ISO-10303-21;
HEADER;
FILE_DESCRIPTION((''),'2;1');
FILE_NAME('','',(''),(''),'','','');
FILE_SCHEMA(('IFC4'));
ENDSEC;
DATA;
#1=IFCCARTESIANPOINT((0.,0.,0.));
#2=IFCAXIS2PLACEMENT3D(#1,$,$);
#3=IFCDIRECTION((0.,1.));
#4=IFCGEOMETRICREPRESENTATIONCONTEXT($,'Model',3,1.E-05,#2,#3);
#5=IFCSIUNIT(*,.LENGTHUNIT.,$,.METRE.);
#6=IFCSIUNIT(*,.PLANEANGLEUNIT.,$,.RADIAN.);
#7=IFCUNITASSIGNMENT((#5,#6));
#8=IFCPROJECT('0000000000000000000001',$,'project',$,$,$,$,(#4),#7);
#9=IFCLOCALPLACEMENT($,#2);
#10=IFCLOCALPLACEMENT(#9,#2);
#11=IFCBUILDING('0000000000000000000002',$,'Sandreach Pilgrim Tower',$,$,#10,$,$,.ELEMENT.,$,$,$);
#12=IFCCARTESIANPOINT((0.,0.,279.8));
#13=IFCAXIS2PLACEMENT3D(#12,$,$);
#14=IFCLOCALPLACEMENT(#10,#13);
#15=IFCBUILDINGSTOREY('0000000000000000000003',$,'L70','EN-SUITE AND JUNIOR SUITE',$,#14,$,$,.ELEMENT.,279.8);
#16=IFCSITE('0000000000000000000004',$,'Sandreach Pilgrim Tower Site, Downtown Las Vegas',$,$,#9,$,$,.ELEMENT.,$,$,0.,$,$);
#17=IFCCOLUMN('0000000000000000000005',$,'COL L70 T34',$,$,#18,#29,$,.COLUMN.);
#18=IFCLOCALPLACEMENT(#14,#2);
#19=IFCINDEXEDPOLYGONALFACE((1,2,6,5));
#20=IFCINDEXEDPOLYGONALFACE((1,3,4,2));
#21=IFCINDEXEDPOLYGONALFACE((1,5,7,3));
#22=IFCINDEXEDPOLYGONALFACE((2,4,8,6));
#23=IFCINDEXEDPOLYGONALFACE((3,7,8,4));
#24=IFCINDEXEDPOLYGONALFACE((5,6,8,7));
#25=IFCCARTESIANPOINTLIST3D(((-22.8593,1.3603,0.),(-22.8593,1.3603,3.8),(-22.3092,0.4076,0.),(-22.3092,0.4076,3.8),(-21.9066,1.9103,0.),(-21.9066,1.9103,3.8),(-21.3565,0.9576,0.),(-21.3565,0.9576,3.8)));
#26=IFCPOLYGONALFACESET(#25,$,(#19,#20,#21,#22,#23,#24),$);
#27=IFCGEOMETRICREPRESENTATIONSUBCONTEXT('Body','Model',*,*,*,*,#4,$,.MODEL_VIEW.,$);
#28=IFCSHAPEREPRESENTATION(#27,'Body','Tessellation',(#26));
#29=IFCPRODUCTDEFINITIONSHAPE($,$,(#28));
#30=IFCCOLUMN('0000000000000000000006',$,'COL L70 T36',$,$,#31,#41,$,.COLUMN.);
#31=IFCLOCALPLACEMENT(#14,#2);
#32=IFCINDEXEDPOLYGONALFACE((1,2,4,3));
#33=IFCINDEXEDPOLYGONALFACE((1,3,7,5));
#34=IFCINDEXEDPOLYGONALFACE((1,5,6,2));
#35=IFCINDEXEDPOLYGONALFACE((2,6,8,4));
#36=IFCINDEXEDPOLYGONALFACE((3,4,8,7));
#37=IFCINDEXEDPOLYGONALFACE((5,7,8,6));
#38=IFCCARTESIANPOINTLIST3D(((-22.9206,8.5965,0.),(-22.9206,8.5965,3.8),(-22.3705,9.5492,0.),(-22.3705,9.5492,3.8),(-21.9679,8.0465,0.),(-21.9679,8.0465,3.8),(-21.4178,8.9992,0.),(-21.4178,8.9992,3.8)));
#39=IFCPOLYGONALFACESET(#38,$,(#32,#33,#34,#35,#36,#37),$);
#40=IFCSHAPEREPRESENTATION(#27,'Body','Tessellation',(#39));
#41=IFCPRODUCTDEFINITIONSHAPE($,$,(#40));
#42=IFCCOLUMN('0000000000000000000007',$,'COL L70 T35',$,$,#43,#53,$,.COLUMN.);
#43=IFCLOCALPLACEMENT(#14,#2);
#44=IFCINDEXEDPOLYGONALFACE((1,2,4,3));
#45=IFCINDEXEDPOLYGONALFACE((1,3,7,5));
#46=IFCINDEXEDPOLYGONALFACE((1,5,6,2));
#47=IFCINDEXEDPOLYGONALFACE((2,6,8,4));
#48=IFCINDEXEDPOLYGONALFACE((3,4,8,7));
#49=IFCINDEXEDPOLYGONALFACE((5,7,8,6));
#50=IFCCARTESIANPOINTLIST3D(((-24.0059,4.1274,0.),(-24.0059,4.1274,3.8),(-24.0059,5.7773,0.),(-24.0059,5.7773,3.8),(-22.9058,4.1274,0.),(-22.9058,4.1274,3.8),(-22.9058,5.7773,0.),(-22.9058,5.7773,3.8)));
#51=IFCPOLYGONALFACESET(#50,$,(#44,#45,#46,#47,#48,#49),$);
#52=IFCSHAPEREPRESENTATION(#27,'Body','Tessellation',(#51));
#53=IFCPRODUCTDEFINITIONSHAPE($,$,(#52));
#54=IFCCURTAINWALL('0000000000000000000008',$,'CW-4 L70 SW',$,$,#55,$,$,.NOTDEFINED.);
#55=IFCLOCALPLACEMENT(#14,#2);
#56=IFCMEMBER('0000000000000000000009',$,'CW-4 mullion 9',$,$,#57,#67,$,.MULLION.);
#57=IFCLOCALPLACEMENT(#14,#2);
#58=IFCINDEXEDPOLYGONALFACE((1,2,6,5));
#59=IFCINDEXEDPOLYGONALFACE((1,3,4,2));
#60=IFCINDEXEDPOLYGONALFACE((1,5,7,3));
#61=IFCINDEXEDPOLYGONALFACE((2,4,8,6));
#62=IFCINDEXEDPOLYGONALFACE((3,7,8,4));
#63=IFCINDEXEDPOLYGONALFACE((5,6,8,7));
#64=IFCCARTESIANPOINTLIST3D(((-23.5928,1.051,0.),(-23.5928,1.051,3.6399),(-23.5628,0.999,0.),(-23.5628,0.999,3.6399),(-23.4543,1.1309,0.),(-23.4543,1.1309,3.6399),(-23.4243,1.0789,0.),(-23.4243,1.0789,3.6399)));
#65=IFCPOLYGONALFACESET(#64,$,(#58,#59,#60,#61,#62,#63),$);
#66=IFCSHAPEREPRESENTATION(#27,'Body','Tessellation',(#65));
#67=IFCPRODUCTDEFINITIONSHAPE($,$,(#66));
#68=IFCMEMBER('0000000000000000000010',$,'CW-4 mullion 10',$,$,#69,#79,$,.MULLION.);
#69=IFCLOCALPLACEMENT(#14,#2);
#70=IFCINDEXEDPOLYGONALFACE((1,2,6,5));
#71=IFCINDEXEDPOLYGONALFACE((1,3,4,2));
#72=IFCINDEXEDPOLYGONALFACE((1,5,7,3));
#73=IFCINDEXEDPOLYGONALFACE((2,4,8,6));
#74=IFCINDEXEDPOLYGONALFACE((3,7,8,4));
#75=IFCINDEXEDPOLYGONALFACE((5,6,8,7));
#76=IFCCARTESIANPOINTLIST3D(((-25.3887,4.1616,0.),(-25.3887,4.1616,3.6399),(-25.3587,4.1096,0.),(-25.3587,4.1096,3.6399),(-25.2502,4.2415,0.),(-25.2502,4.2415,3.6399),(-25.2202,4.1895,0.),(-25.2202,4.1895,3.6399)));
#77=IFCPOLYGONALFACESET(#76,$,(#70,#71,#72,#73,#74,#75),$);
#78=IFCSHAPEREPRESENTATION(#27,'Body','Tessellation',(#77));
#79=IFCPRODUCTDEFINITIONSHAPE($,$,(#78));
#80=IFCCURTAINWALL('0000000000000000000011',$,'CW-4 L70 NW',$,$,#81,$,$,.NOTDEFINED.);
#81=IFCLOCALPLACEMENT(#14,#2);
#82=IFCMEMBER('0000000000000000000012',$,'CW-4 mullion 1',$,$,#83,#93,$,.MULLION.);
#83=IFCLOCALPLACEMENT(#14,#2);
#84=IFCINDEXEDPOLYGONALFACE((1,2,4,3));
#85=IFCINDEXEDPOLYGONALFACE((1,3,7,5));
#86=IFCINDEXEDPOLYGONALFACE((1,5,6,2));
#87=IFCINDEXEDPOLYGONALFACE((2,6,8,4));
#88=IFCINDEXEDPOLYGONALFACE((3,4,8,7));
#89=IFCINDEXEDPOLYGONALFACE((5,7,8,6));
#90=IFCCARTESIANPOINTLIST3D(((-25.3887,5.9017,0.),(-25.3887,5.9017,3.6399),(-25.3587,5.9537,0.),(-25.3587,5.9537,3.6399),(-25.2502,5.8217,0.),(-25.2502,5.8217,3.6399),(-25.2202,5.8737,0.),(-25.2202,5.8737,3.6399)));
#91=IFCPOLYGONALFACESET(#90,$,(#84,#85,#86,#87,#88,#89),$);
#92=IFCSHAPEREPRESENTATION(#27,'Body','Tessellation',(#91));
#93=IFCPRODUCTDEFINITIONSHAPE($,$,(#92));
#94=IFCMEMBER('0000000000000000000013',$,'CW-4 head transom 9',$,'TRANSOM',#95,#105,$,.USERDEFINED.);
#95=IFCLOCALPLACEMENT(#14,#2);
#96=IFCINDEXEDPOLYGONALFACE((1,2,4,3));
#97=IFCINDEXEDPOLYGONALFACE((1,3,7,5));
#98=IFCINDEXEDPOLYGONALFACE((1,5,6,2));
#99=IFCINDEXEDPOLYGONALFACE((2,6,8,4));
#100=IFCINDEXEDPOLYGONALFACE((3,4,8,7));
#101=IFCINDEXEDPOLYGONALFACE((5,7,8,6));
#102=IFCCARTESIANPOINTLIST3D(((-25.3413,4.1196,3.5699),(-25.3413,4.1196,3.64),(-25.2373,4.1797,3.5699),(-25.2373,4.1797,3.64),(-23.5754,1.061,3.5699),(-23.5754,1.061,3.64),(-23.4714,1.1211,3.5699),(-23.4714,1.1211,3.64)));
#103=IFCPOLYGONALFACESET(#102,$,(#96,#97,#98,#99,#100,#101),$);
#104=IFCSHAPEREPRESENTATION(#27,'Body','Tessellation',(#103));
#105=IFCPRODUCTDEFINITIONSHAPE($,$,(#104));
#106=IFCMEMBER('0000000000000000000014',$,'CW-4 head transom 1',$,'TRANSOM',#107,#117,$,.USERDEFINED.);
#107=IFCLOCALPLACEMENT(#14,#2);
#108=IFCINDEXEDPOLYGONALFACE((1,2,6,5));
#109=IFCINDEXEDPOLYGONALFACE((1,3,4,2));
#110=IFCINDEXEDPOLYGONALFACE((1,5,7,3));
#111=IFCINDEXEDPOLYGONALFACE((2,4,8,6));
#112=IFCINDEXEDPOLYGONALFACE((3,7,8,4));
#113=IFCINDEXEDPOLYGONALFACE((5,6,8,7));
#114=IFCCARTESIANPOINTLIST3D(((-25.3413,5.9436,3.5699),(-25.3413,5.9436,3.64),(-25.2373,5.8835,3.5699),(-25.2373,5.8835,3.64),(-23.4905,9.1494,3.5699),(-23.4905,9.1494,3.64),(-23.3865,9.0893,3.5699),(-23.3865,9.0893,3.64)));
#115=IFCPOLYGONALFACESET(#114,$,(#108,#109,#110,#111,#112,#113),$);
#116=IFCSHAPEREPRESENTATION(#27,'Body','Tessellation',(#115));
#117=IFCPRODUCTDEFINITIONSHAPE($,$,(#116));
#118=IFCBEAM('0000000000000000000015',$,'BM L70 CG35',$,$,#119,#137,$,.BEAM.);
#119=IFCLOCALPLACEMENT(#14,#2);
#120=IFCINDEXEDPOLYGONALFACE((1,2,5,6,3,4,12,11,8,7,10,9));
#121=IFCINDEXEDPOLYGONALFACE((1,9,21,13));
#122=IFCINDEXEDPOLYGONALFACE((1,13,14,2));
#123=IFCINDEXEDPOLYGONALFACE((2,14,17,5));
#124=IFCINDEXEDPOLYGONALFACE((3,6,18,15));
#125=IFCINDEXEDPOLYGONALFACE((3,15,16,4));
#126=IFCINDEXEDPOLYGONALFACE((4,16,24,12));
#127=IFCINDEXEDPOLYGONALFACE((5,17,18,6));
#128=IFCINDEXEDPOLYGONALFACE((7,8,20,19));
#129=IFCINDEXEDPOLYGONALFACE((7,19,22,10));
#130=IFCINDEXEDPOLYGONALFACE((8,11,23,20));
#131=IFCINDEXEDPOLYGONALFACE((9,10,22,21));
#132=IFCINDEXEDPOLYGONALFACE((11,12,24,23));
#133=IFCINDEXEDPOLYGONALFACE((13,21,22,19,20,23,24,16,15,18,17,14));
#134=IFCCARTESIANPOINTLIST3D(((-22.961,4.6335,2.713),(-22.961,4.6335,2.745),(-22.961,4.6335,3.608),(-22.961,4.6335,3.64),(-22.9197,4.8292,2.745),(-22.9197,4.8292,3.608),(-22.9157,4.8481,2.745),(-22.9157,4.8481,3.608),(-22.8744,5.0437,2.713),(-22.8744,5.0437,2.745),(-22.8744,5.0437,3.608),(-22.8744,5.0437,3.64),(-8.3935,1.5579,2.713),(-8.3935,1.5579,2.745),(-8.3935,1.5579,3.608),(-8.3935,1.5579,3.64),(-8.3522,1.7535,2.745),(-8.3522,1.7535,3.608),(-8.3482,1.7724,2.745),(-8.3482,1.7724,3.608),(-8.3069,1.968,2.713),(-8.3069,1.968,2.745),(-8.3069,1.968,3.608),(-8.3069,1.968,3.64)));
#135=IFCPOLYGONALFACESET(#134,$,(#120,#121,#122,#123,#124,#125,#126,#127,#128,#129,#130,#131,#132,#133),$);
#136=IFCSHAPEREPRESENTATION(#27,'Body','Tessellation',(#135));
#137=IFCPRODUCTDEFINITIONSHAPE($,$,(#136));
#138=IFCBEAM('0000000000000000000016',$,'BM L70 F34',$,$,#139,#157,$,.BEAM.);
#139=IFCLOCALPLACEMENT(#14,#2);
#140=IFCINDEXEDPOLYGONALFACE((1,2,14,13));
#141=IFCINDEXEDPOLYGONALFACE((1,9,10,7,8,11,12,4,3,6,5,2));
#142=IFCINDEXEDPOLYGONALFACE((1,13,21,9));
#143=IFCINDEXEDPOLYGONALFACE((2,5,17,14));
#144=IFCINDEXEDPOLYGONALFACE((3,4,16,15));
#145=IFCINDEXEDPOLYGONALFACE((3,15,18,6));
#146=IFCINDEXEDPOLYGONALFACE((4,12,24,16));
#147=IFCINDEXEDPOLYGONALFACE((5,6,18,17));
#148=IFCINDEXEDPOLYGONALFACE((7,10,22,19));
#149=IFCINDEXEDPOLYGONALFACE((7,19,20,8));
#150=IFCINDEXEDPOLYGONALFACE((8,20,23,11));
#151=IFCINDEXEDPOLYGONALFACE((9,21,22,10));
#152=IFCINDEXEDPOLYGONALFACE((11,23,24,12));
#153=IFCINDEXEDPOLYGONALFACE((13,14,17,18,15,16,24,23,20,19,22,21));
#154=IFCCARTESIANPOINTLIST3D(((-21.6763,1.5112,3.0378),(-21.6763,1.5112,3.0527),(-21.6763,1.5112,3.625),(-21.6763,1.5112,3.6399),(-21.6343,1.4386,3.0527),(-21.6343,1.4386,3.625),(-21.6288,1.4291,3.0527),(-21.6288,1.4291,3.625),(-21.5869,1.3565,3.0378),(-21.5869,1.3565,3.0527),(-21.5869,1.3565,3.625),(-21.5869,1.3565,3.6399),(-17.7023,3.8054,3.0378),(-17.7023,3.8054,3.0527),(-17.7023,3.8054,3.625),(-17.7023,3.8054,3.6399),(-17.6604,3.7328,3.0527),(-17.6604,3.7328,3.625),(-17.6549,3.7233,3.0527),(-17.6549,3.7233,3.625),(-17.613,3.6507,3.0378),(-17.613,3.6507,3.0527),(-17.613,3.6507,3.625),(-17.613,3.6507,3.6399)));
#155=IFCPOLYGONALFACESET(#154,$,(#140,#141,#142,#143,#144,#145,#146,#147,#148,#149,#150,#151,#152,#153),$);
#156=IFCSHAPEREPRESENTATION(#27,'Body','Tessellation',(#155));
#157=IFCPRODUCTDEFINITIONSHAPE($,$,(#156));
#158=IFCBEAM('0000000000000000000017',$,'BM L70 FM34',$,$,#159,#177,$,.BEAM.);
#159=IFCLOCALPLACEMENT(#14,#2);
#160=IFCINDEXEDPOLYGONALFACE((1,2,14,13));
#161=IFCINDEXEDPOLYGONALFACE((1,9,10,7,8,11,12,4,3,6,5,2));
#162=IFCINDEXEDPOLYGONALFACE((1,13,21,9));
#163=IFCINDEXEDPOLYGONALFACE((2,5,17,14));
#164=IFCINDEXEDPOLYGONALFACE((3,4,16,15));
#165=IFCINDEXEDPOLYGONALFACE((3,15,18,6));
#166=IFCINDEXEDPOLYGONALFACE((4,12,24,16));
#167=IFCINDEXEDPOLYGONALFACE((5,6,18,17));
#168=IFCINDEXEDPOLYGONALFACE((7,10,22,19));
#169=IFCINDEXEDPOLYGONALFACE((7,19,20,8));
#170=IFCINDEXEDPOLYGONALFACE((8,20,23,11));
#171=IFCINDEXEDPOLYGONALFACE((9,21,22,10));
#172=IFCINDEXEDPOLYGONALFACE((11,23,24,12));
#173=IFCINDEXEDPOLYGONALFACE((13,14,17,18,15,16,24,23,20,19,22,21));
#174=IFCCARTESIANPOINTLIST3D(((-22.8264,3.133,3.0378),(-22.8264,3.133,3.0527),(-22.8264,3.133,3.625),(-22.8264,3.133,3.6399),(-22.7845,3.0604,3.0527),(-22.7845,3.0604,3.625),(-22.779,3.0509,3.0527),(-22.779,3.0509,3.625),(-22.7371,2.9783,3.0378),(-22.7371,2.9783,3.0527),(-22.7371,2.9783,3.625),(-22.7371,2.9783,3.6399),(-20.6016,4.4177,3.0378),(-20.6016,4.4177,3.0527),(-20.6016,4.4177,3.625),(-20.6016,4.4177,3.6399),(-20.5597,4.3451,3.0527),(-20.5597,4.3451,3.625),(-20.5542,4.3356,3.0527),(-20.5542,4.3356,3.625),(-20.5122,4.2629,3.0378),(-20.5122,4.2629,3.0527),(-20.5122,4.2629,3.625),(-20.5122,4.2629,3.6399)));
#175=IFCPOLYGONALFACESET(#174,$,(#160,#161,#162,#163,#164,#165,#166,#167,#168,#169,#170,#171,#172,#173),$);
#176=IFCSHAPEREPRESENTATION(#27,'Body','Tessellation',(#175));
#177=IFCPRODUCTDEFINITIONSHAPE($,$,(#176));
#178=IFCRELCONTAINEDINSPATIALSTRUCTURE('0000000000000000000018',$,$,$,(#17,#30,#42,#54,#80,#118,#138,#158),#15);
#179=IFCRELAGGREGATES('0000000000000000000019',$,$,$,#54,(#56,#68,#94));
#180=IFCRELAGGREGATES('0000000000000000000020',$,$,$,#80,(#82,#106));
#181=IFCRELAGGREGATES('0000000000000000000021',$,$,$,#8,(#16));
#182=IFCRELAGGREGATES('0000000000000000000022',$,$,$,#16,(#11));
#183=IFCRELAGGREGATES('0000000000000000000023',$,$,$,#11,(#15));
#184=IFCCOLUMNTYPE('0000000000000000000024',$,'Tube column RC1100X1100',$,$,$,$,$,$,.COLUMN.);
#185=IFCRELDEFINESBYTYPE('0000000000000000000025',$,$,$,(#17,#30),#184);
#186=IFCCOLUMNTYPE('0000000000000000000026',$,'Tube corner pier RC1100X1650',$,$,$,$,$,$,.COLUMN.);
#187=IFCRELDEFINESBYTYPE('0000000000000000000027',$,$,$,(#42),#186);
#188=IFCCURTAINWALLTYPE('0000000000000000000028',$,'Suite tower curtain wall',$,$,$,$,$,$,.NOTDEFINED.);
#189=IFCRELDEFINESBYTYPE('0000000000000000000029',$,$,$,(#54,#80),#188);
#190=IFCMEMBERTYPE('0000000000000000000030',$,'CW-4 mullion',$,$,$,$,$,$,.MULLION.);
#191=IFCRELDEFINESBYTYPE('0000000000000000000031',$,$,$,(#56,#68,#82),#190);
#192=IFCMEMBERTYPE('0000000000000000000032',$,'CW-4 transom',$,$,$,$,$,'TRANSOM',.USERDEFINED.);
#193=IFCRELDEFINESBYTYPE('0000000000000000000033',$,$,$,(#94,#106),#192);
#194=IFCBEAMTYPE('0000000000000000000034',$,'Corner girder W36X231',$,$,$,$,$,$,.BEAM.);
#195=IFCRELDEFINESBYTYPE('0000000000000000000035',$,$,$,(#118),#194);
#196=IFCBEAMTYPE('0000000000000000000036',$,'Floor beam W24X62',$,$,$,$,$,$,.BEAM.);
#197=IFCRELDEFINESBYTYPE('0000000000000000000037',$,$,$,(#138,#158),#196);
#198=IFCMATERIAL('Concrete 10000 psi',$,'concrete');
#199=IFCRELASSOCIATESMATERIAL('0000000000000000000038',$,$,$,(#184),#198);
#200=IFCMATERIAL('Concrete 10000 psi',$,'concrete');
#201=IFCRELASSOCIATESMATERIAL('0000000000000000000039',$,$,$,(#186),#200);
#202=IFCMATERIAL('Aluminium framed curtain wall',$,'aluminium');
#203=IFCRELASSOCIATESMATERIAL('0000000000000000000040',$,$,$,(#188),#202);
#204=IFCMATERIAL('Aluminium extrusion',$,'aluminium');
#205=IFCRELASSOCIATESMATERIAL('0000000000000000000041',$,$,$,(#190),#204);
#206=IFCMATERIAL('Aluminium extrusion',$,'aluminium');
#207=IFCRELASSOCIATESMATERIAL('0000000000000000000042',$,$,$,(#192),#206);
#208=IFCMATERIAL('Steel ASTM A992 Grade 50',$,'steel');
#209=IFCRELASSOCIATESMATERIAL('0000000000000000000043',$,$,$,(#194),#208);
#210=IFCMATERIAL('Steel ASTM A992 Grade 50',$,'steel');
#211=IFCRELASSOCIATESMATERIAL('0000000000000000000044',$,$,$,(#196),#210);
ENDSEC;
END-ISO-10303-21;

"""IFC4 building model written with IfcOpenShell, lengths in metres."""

from ifc_helpers import new_model, si_unit, direction, frame, origin, origin_2d, place, context, subcontext, project, spatial, rectangle, i_section, extrude, material, material_profile, profile_set, type_object, element, aggregate, save


model = new_model("IFC4")

# Units and contexts
model_context = context("Model", 3, precision=1e-05, world=origin(), true_north=direction((0.0, 1.0)))
body_context = subcontext(model_context, "Body", "Model", "MODEL_VIEW")
ifc_project = project(units=[si_unit("LENGTHUNIT", "METRE"), si_unit("PLANEANGLEUNIT", "RADIAN")], contexts=[model_context])

# Site, building, storey
site_placement = place(None, origin())
site = spatial("IfcSite", under=ifc_project, at=site_placement, Name="Sandreach Pilgrim Tower Site, Downtown Las Vegas", CompositionType="ELEMENT", RefElevation=0.0)
building_placement = place(site_placement, origin())
building = spatial("IfcBuilding", under=site, at=building_placement, Name="Sandreach Pilgrim Tower", CompositionType="ELEMENT")
storey_placement = place(building_placement, frame((0.0, 0.0, 279.8)))
storey = spatial("IfcBuildingStorey", under=building, at=storey_placement, Name="L70", Description="EN-SUITE AND JUNIOR SUITE", CompositionType="ELEMENT", Elevation=279.8)

# Columns
ifc_material_1 = material(Name="Concrete 10000 psi", Category="concrete")
ifc_material_profile_1 = material_profile(ifc_material_1, rectangle(XDim=1.1001, YDim=1.1001, at=origin_2d()), Name="RC1100X1100")
ifc_profile_set_1 = profile_set([ifc_material_profile_1], Name="Concrete 10000 psi")
column_type_1 = type_object("IfcColumnType", Name="Tube column RC1100X1100", PredefinedType="COLUMN", material=ifc_profile_set_1)
for number, where, z_axis, x_axis, name in (
    (1, (-22.1079, 1.1589, 0.0), (0.0, 0.0, 1.0), (-0.866025, -0.5, 0.0), "COL L70 T34"),
    (2, (-22.1692, 8.7979, 0.0), (0.0, 0.0, 1.0), (-0.866025, 0.5, 0.0), "COL L70 T36"),
):
    element("IfcColumn", number, at=place(storey_placement, frame(where, z_axis=z_axis, x_axis=x_axis)), inside=storey, type_object=column_type_1, Name=name, PredefinedType="COLUMN", context=body_context, shape_type="SweptSolid", body=[
        extrude(rectangle(XDim=1.1001, YDim=1.1001, at=origin_2d()), origin(), (0.0, 0.0, 1.0), 3.8),
    ])
ifc_material_2 = material(Name="Concrete 10000 psi", Category="concrete")
ifc_material_profile_2 = material_profile(ifc_material_2, rectangle(XDim=1.1001, YDim=1.6499, at=origin_2d()), Name="RC1100X1650")
ifc_profile_set_2 = profile_set([ifc_material_profile_2], Name="Concrete 10000 psi")
column_type_2 = type_object("IfcColumnType", Name="Tube corner pier RC1100X1650", PredefinedType="COLUMN", material=ifc_profile_set_2)
column_placement = place(storey_placement, frame((-23.4558, 4.9524, 0.0), z_axis=(0.0, 0.0, 1.0), x_axis=(-1.0, 0.0, 0.0)))
element("IfcColumn", 3, at=column_placement, inside=storey, type_object=column_type_2, Name="COL L70 T35", PredefinedType="COLUMN", context=body_context, shape_type="SweptSolid", body=[
    extrude(rectangle(XDim=1.1001, YDim=1.6499, at=origin_2d()), origin(), (0.0, 0.0, 1.0), 3.8),
])

# Curtain wall, members
ifc_material_3 = material(Name="Aluminium framed curtain wall", Category="aluminium")
curtain_wall_type = type_object("IfcCurtainWallType", Name="Suite tower curtain wall", PredefinedType="NOTDEFINED", material=ifc_material_3)
curtain_wall_1_placement = place(storey_placement, origin())
curtain_wall_1 = element("IfcCurtainWall", 4, at=curtain_wall_1_placement, inside=storey, type_object=curtain_wall_type, Name="CW-4 L70 SW", PredefinedType="NOTDEFINED")
ifc_material_4 = material(Name="Aluminium extrusion", Category="aluminium")
ifc_material_profile_3 = material_profile(ifc_material_4, rectangle(XDim=0.0601, YDim=0.1599, at=origin_2d()), Name="CW-4M 60X160")
ifc_profile_set_3 = profile_set([ifc_material_profile_3], Name="Aluminium extrusion")
member_type_1 = type_object("IfcMemberType", Name="CW-4 mullion", PredefinedType="MULLION", material=ifc_profile_set_3)
member_1_placement = place(storey_placement, frame((-23.5085, 1.0649, 0.0), z_axis=(0.0, 0.0, 1.0), x_axis=(-0.5, 0.866025, 0.0)))
member_1 = element("IfcMember", 5, at=member_1_placement, type_object=member_type_1, Name="CW-4 mullion 9", PredefinedType="MULLION", context=body_context, shape_type="SweptSolid", body=[
    extrude(rectangle(XDim=0.0601, YDim=0.1599, at=origin_2d()), origin(), (0.0, 0.0, 1.0), 3.6399),
])
member_2_placement = place(storey_placement, frame((-25.3044, 4.1755, 0.0), z_axis=(0.0, 0.0, 1.0), x_axis=(-0.5, 0.866025, 0.0)))
member_2 = element("IfcMember", 6, at=member_2_placement, type_object=member_type_1, Name="CW-4 mullion 10", PredefinedType="MULLION", context=body_context, shape_type="SweptSolid", body=[
    extrude(rectangle(XDim=0.0601, YDim=0.1599, at=origin_2d()), origin(), (0.0, 0.0, 1.0), 3.6399),
])

# Curtain wall, member
curtain_wall_2_placement = place(storey_placement, origin())
curtain_wall_2 = element("IfcCurtainWall", 7, at=curtain_wall_2_placement, inside=storey, type_object=curtain_wall_type, Name="CW-4 L70 NW", PredefinedType="NOTDEFINED")
member_3_placement = place(storey_placement, frame((-25.3044, 5.8877, 0.0), z_axis=(0.0, 0.0, 1.0), x_axis=(0.5, 0.866025, 0.0)))
member_3 = element("IfcMember", 8, at=member_3_placement, type_object=member_type_1, Name="CW-4 mullion 1", PredefinedType="MULLION", context=body_context, shape_type="SweptSolid", body=[
    extrude(rectangle(XDim=0.0601, YDim=0.1599, at=origin_2d()), origin(), (0.0, 0.0, 1.0), 3.6399),
])

# Members
ifc_material_5 = material(Name="Aluminium extrusion", Category="aluminium")
ifc_material_profile_4 = material_profile(ifc_material_5, rectangle(XDim=0.1201, YDim=0.0701, at=origin_2d()), Name="CW-4T 120X70")
ifc_profile_set_4 = profile_set([ifc_material_profile_4], Name="Aluminium extrusion")
member_type_2 = type_object("IfcMemberType", Name="CW-4 transom", ElementType="TRANSOM", PredefinedType="USERDEFINED", material=ifc_profile_set_4)
member_4_placement = place(storey_placement, frame((-23.5234, 1.0911, 3.605), z_axis=(-0.499998, 0.866027, 0.0), x_axis=(-0.866027, -0.499998, 0.0)))
member_4 = element("IfcMember", 9, at=member_4_placement, type_object=member_type_2, Name="CW-4 head transom 9", ObjectType="TRANSOM", PredefinedType="USERDEFINED", context=body_context, shape_type="SweptSolid", body=[
    extrude(rectangle(XDim=0.1201, YDim=0.0701, at=origin_2d()), origin(), (0.0, 0.0, 1.0), 3.5317),
])
member_5_placement = place(storey_placement, frame((-25.2893, 5.9136, 3.605), z_axis=(0.499991, 0.866031, 0.0), x_axis=(-0.866031, 0.499991, 0.0)))
member_5 = element("IfcMember", 10, at=member_5_placement, type_object=member_type_2, Name="CW-4 head transom 1", ObjectType="TRANSOM", PredefinedType="USERDEFINED", context=body_context, shape_type="SweptSolid", body=[
    extrude(rectangle(XDim=0.1201, YDim=0.0701, at=origin_2d()), origin(), (0.0, 0.0, 1.0), 3.7017),
])

# Beams
ifc_material_6 = material(Name="Steel ASTM A992 Grade 50", Category="steel")
ifc_material_profile_5 = material_profile(ifc_material_6, i_section(OverallWidth=0.4192, OverallDepth=0.927, WebThickness=0.0193, FlangeThickness=0.032, at=origin_2d()), Name="W36X231")
ifc_profile_set_5 = profile_set([ifc_material_profile_5], Name="Steel ASTM A992 Grade 50")
beam_type_1 = type_object("IfcBeamType", Name="Corner girder W36X231", PredefinedType="BEAM", material=ifc_profile_set_5)
beam_1_placement = place(storey_placement, frame((-22.9177, 4.8386, 3.1765), z_axis=(0.97843, -0.206577, 0.0), x_axis=(0.206577, 0.97843, 0.0)))
element("IfcBeam", 11, at=beam_1_placement, inside=storey, type_object=beam_type_1, Name="BM L70 CG35", PredefinedType="BEAM", context=body_context, shape_type="SweptSolid", body=[
    extrude(i_section(OverallWidth=0.4192, OverallDepth=0.927, WebThickness=0.0193, FlangeThickness=0.032, at=origin_2d()), origin(), (0.0, 0.0, 1.0), 14.8887),
])
ifc_material_7 = material(Name="Steel ASTM A992 Grade 50", Category="steel")
ifc_material_profile_6 = material_profile(ifc_material_7, i_section(OverallWidth=0.1787, OverallDepth=0.6021, WebThickness=0.011, FlangeThickness=0.0149, at=origin_2d()), Name="W24X62")
ifc_profile_set_6 = profile_set([ifc_material_profile_6], Name="Steel ASTM A992 Grade 50")
beam_type_2 = type_object("IfcBeamType", Name="Floor beam W24X62", PredefinedType="BEAM", material=ifc_profile_set_6)
beam_2_placement = place(storey_placement, frame((-21.6316, 1.4338, 3.3389), z_axis=(0.866038, 0.499979, 0.0), x_axis=(-0.499979, 0.866038, 0.0)))
element("IfcBeam", 12, at=beam_2_placement, inside=storey, type_object=beam_type_2, Name="BM L70 F34", PredefinedType="BEAM", context=body_context, shape_type="SweptSolid", body=[
    extrude(i_section(OverallWidth=0.1787, OverallDepth=0.6021, WebThickness=0.011, FlangeThickness=0.0149, at=origin_2d()), origin(), (0.0, 0.0, 1.0), 4.5886),
])
beam_3_placement = place(storey_placement, frame((-22.7817, 3.0557, 3.3389), z_axis=(0.866, 0.500043, 0.0), x_axis=(-0.500043, 0.866, 0.0)))
element("IfcBeam", 13, at=beam_3_placement, inside=storey, type_object=beam_type_2, Name="BM L70 FM34", PredefinedType="BEAM", context=body_context, shape_type="SweptSolid", body=[
    extrude(i_section(OverallWidth=0.1787, OverallDepth=0.6021, WebThickness=0.011, FlangeThickness=0.0149, at=origin_2d()), origin(), (0.0, 0.0, 1.0), 2.5691),
])

aggregate(curtain_wall_1, [member_1, member_2, member_4])
aggregate(curtain_wall_2, [member_3, member_5])

save(model, "model.ifc")
